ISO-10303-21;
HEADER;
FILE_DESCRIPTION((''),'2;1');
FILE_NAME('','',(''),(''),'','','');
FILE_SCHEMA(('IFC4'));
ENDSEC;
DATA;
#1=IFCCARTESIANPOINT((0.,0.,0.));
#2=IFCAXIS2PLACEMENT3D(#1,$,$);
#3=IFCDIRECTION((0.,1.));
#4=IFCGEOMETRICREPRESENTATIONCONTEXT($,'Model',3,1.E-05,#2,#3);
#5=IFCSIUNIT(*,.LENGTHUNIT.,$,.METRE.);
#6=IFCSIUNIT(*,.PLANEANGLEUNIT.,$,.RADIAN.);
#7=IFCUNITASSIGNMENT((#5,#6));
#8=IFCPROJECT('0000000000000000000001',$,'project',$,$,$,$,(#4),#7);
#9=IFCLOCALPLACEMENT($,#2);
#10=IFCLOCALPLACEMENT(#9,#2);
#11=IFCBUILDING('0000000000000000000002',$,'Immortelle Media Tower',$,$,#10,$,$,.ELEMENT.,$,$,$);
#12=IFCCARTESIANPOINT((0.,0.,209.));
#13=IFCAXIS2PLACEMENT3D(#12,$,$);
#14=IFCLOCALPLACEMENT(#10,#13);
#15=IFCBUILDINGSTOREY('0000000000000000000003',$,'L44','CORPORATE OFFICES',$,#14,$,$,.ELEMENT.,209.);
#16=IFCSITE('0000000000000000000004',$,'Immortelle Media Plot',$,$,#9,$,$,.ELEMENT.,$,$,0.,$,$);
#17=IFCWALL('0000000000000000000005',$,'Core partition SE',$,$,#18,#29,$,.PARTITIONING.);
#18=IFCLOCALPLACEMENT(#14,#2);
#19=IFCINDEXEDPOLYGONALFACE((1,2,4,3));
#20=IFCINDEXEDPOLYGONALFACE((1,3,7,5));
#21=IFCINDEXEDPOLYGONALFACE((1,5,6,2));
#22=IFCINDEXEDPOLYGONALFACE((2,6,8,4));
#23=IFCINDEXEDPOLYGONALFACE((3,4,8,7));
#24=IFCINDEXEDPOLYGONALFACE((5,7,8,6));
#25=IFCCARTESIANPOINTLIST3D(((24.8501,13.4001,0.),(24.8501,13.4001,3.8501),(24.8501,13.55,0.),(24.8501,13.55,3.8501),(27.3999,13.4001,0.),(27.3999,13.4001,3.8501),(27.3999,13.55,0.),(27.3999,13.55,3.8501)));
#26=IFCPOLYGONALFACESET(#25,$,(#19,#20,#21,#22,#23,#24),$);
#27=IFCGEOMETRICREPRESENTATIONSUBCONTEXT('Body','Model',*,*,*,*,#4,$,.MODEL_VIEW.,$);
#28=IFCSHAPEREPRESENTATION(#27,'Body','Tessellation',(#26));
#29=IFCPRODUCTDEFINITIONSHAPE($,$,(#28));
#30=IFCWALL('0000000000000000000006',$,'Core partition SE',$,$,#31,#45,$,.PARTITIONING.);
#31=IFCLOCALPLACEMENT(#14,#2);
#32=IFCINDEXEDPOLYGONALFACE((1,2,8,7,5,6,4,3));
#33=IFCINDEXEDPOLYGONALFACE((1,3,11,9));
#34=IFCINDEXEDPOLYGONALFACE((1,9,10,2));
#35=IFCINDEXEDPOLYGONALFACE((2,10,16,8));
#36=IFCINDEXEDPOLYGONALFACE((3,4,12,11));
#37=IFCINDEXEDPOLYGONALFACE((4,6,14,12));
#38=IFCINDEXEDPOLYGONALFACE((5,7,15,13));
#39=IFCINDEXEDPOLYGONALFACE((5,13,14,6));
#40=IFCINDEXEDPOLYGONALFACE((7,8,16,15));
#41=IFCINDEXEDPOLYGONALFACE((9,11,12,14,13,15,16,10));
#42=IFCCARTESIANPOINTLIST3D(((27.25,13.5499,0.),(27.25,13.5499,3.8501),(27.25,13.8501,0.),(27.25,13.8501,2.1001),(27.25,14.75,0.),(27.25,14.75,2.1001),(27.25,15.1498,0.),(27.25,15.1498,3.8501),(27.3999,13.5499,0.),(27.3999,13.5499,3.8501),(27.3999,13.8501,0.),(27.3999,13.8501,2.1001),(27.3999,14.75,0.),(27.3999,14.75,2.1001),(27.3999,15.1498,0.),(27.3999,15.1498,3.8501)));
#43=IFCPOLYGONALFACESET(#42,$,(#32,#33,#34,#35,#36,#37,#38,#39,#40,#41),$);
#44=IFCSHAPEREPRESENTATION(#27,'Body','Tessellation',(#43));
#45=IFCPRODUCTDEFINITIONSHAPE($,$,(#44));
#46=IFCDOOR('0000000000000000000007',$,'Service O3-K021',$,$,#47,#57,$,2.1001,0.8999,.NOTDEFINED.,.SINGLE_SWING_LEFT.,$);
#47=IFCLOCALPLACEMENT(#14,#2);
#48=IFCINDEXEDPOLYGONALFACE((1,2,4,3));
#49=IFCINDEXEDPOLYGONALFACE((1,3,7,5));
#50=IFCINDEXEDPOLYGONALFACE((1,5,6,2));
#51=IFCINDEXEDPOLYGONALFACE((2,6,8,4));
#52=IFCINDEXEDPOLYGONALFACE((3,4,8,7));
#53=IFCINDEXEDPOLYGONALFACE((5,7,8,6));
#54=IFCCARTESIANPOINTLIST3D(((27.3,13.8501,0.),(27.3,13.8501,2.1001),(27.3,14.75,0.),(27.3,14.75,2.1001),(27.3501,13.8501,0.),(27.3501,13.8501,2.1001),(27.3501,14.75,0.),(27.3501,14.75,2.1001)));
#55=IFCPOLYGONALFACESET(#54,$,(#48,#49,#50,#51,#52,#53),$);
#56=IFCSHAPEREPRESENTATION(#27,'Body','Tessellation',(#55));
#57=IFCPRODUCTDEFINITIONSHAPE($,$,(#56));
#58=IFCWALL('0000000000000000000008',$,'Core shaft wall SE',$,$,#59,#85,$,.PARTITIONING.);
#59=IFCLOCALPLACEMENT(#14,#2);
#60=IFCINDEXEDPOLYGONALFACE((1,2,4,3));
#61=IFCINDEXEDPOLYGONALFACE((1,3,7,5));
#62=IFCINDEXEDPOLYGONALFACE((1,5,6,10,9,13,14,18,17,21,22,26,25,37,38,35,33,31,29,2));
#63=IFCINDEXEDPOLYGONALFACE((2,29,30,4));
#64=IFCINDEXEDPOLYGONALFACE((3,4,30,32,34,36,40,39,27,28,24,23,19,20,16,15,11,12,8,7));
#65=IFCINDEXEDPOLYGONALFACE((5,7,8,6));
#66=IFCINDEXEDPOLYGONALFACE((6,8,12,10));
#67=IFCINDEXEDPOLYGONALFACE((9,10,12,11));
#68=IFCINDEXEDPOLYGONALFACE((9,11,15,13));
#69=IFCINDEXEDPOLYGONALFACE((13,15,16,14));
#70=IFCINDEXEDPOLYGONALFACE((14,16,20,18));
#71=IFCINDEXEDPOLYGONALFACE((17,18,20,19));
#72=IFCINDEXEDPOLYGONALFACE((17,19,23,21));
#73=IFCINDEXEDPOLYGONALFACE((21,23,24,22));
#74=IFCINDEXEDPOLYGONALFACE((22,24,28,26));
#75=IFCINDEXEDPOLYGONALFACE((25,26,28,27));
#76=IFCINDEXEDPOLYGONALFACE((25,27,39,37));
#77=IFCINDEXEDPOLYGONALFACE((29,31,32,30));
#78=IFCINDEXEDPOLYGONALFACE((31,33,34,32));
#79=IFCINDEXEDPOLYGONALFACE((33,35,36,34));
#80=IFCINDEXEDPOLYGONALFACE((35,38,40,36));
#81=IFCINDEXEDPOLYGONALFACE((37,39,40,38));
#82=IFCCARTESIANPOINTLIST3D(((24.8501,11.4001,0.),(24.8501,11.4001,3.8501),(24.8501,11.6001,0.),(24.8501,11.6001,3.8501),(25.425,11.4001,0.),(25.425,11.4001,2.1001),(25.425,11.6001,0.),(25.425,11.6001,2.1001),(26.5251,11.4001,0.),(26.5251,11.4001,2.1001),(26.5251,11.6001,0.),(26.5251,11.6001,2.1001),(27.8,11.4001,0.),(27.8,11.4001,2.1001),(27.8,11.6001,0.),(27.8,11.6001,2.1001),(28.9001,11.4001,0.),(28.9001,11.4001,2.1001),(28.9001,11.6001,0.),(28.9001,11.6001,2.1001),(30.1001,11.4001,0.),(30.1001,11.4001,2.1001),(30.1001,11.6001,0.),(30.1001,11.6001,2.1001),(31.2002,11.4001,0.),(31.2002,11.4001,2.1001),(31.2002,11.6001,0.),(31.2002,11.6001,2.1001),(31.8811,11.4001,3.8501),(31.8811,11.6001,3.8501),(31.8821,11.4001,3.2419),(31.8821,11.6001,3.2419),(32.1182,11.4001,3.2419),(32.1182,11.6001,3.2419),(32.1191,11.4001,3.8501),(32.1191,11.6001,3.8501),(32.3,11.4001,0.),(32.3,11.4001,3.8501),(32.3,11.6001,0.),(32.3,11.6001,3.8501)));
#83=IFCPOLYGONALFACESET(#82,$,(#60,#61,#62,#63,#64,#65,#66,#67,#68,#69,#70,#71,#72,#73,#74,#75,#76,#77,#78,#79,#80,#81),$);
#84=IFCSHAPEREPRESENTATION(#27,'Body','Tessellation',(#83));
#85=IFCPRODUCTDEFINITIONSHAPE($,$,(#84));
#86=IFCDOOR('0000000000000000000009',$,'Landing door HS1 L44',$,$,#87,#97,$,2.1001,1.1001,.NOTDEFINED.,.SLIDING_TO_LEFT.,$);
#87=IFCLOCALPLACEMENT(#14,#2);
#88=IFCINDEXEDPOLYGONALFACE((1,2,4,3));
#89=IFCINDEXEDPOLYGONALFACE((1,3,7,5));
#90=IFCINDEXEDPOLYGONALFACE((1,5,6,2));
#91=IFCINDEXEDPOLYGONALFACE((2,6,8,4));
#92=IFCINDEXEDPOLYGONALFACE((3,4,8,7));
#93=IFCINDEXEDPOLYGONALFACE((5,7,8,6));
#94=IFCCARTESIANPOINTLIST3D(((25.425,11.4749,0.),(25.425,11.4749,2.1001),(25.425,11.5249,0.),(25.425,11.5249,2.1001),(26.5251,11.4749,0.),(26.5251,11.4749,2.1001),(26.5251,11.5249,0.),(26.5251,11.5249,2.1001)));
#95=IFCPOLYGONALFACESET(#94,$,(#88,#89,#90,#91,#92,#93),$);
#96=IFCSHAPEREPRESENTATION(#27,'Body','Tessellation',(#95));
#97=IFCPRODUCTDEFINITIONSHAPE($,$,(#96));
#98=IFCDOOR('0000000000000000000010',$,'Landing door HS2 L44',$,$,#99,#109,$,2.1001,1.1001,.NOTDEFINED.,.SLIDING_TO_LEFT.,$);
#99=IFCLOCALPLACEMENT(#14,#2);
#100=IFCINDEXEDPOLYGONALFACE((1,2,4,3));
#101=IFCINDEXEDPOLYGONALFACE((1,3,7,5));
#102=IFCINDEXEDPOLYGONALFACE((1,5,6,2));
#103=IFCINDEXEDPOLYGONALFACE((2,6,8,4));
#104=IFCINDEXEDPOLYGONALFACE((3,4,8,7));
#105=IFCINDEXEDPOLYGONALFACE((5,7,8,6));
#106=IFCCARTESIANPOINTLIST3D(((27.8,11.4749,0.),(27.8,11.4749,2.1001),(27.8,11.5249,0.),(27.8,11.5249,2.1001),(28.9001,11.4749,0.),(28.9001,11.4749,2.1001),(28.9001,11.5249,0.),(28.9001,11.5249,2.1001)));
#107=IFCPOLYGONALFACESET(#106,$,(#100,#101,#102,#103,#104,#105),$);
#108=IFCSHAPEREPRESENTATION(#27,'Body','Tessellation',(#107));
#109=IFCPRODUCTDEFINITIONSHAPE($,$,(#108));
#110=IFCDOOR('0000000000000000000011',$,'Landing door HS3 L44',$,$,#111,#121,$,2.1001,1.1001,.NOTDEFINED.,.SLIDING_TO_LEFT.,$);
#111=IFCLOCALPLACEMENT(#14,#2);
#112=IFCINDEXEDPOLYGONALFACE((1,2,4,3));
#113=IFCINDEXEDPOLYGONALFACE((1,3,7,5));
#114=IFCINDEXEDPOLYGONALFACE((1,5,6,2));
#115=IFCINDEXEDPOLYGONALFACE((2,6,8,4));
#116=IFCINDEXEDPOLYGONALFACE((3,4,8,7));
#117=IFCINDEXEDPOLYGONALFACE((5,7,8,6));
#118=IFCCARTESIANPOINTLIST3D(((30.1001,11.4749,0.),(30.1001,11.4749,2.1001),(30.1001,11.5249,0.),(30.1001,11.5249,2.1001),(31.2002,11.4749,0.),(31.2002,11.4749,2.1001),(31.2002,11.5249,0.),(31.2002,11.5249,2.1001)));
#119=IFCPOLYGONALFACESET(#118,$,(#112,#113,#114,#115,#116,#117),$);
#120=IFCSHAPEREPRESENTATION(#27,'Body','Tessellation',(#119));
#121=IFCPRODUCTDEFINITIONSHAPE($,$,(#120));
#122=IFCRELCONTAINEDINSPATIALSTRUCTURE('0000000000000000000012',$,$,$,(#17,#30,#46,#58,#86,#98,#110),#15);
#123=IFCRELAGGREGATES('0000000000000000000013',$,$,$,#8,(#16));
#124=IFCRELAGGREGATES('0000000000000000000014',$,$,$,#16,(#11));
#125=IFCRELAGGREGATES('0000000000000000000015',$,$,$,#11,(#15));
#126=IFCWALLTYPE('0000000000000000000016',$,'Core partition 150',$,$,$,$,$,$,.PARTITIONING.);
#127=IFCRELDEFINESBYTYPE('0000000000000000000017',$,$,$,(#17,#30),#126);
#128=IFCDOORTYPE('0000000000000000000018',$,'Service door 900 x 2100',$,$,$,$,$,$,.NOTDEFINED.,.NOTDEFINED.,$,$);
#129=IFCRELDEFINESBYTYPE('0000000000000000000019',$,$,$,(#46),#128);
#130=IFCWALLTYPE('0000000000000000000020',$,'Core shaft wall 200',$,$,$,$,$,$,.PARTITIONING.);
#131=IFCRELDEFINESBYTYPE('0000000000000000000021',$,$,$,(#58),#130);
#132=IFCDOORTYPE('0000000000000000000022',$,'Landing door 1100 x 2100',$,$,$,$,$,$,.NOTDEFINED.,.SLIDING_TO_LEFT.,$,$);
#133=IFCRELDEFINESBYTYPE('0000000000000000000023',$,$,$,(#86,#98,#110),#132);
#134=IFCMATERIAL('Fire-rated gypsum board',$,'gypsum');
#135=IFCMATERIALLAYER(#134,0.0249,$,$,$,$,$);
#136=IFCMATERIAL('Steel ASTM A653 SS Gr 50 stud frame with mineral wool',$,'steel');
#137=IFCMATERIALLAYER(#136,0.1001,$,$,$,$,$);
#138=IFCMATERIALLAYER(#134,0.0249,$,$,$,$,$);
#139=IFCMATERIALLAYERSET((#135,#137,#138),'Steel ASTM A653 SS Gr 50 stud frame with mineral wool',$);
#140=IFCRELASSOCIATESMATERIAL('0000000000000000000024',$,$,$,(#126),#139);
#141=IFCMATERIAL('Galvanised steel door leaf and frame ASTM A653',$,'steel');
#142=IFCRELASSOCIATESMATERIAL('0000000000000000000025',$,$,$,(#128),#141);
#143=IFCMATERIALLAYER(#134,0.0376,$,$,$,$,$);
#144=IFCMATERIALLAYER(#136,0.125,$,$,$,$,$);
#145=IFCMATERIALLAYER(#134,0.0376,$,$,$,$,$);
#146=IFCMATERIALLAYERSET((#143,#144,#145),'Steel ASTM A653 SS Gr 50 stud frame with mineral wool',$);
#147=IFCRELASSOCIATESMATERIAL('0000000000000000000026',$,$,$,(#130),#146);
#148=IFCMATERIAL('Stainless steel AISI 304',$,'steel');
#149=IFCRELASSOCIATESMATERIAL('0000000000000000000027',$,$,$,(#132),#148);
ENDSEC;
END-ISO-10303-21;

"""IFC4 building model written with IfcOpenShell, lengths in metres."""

from ifc_helpers import new_model, si_unit, direction, frame, frame_2d, origin, place, context, subcontext, project, spatial, polyline, rectangle, outline, extrude, material, layer, layer_set, type_object, element, fill, save


model = new_model("IFC4")

# Units and contexts
model_context = context("Model", 3, precision=1e-05, world=origin(), true_north=direction((0.0, 1.0)))
body_context = subcontext(model_context, "Body", "Model", "MODEL_VIEW")
ifc_project = project(units=[si_unit("LENGTHUNIT", "METRE"), si_unit("PLANEANGLEUNIT", "RADIAN")], contexts=[model_context])

# Site, building, storey
site_placement = place(None, origin())
site = spatial("IfcSite", under=ifc_project, at=site_placement, Name="Immortelle Media Plot", CompositionType="ELEMENT", RefElevation=0.0)
building_placement = place(site_placement, origin())
building = spatial("IfcBuilding", under=site, at=building_placement, Name="Immortelle Media Tower", CompositionType="ELEMENT")
storey_placement = place(building_placement, frame((0.0, 0.0, 209.0)))
storey = spatial("IfcBuildingStorey", under=building, at=storey_placement, Name="L44", Description="CORPORATE OFFICES", CompositionType="ELEMENT", Elevation=209.0)

# Wall
ifc_material_1 = material(Name="Fire-rated gypsum board", Category="gypsum")
ifc_layer_1 = layer(ifc_material_1, 0.0249)
ifc_material_2 = material(Name="Steel ASTM A653 SS Gr 50 stud frame with mineral wool", Category="steel")
ifc_layer_2 = layer(ifc_material_2, 0.1001)
ifc_layer_3 = layer(ifc_material_1, 0.0249)
ifc_layer_set_1 = layer_set([ifc_layer_1, ifc_layer_2, ifc_layer_3], Name="Steel ASTM A653 SS Gr 50 stud frame with mineral wool")
wall_type_1 = type_object("IfcWallType", Name="Core partition 150", PredefinedType="PARTITIONING", material=ifc_layer_set_1)
wall_1_placement = place(storey_placement, frame((24.8501, 13.4751, 0.0), z_axis=(0.0, 0.0, 1.0), x_axis=(1.0, 0.0, 0.0)))
element("IfcWall", 1, at=wall_1_placement, inside=storey, type_object=wall_type_1, Name="Core partition SE", PredefinedType="PARTITIONING", context=body_context, shape_type="SweptSolid", body=[
    extrude(rectangle(XDim=2.5498, YDim=0.1499, at=frame_2d((1.2749, 0.0))), origin(), (0.0, 0.0, 1.0), 3.8501),
])

# Wall, opening, door
wall_2_placement = place(storey_placement, frame((27.325, 13.55, 0.0), z_axis=(0.0, 0.0, 1.0), x_axis=(0.0, 1.0, 0.0)))
wall_2 = element("IfcWall", 2, at=wall_2_placement, inside=storey, type_object=wall_type_1, Name="Core partition SE", PredefinedType="PARTITIONING", context=body_context, shape_type="SweptSolid", body=[
    extrude(rectangle(XDim=1.5999, YDim=0.1499, at=frame_2d((0.7998, 0.0))), origin(), (0.0, 0.0, 1.0), 3.8501),
])
opening_1_placement = place(wall_2_placement, frame((0.3, 0.0, 0.0)))
opening_1 = element("IfcOpeningElement", 3, at=opening_1_placement, cuts=wall_2, PredefinedType="OPENING", context=body_context, shape_type="SweptSolid", body=[
    extrude(rectangle(XDim=0.8999, YDim=2.1001, at=frame_2d((0.45, 1.05))), frame((0.0, 0.085, 0.0), z_axis=(0.0, -1.0, 0.0), x_axis=(1.0, 0.0, 0.0)), (0.0, 0.0, 1.0), 0.1699),
])
ifc_material_3 = material(Name="Galvanised steel door leaf and frame ASTM A653", Category="steel")
door_type_1 = type_object("IfcDoorType", Name="Service door 900 x 2100", OperationType="NOTDEFINED", PredefinedType="NOTDEFINED", material=ifc_material_3)
door_1_placement = place(opening_1_placement, origin())
door_1 = element("IfcDoor", 4, at=door_1_placement, inside=storey, type_object=door_type_1, Name="Service O3-K021", OperationType="SINGLE_SWING_LEFT", OverallHeight=2.1001, OverallWidth=0.8999, PredefinedType="NOTDEFINED", context=body_context, shape_type="SweptSolid", body=[
    extrude(rectangle(XDim=0.8999, YDim=2.1001, at=frame_2d((0.45, 1.05))), frame((0.0, 0.0249, 0.0), z_axis=(0.0, -1.0, 0.0), x_axis=(1.0, 0.0, 0.0)), (0.0, 0.0, 1.0), 0.05),
])
fill(opening_1, door_1)

# Wall, openings, doors
ifc_layer_4 = layer(ifc_material_1, 0.0376)
ifc_layer_5 = layer(ifc_material_2, 0.125)
ifc_layer_6 = layer(ifc_material_1, 0.0376)
ifc_layer_set_2 = layer_set([ifc_layer_4, ifc_layer_5, ifc_layer_6], Name="Steel ASTM A653 SS Gr 50 stud frame with mineral wool")
wall_type_2 = type_object("IfcWallType", Name="Core shaft wall 200", PredefinedType="PARTITIONING", material=ifc_layer_set_2)
wall_3_placement = place(storey_placement, frame((24.8501, 11.5, 0.0), z_axis=(0.0, 0.0, 1.0), x_axis=(1.0, 0.0, 0.0)))
wall_3 = element("IfcWall", 5, at=wall_3_placement, inside=storey, type_object=wall_type_2, Name="Core shaft wall SE", PredefinedType="PARTITIONING", context=body_context, shape_type="SweptSolid", body=[
    extrude(outline(polyline([(0.0, 0.0), (7.45, 0.0), (7.45, 3.8501), (7.269, 3.8501), (7.2681, 3.2419), (7.032, 3.2419), (7.031, 3.8501), (0.0, 3.8501), (0.0, 0.0)])), frame((0.0, 0.1001, 0.0), z_axis=(0.0, -1.0, 0.0), x_axis=(1.0, 0.0, 0.0)), (0.0, 0.0, 1.0), 0.2),
])
opening_2_placement = place(wall_3_placement, frame((0.575, 0.0, 0.0)))
opening_2 = element("IfcOpeningElement", 6, at=opening_2_placement, cuts=wall_3, PredefinedType="OPENING", context=body_context, shape_type="SweptSolid", body=[
    extrude(rectangle(XDim=1.1001, YDim=2.1001, at=frame_2d((0.55, 1.05))), frame((0.0, 0.1099, 0.0), z_axis=(0.0, -1.0, 0.0), x_axis=(1.0, 0.0, 0.0)), (0.0, 0.0, 1.0), 0.22),
])
opening_3_placement = place(wall_3_placement, frame((2.95, 0.0, 0.0)))
opening_3 = element("IfcOpeningElement", 7, at=opening_3_placement, cuts=wall_3, PredefinedType="OPENING", context=body_context, shape_type="SweptSolid", body=[
    extrude(rectangle(XDim=1.1001, YDim=2.1001, at=frame_2d((0.55, 1.05))), frame((0.0, 0.1099, 0.0), z_axis=(0.0, -1.0, 0.0), x_axis=(1.0, 0.0, 0.0)), (0.0, 0.0, 1.0), 0.22),
])
opening_4_placement = place(wall_3_placement, frame((5.25, 0.0, 0.0)))
opening_4 = element("IfcOpeningElement", 8, at=opening_4_placement, cuts=wall_3, PredefinedType="OPENING", context=body_context, shape_type="SweptSolid", body=[
    extrude(rectangle(XDim=1.1001, YDim=2.1001, at=frame_2d((0.55, 1.05))), frame((0.0, 0.1099, 0.0), z_axis=(0.0, -1.0, 0.0), x_axis=(1.0, 0.0, 0.0)), (0.0, 0.0, 1.0), 0.22),
])
ifc_material_4 = material(Name="Stainless steel AISI 304", Category="steel")
door_type_2 = type_object("IfcDoorType", Name="Landing door 1100 x 2100", OperationType="SLIDING_TO_LEFT", PredefinedType="NOTDEFINED", material=ifc_material_4)
door_2_placement = place(opening_2_placement, origin())
door_2 = element("IfcDoor", 9, at=door_2_placement, inside=storey, type_object=door_type_2, Name="Landing door HS1 L44", OperationType="SLIDING_TO_LEFT", OverallHeight=2.1001, OverallWidth=1.1001, PredefinedType="NOTDEFINED", context=body_context, shape_type="SweptSolid", body=[
    extrude(rectangle(XDim=1.1001, YDim=2.1001, at=frame_2d((0.55, 1.05))), frame((0.0, 0.0249, 0.0), z_axis=(0.0, -1.0, 0.0), x_axis=(1.0, 0.0, 0.0)), (0.0, 0.0, 1.0), 0.05),
])
fill(opening_2, door_2)
door_3_placement = place(opening_3_placement, origin())
door_3 = element("IfcDoor", 10, at=door_3_placement, inside=storey, type_object=door_type_2, Name="Landing door HS2 L44", OperationType="SLIDING_TO_LEFT", OverallHeight=2.1001, OverallWidth=1.1001, PredefinedType="NOTDEFINED", context=body_context, shape_type="SweptSolid", body=[
    extrude(rectangle(XDim=1.1001, YDim=2.1001, at=frame_2d((0.55, 1.05))), frame((0.0, 0.0249, 0.0), z_axis=(0.0, -1.0, 0.0), x_axis=(1.0, 0.0, 0.0)), (0.0, 0.0, 1.0), 0.05),
])
fill(opening_3, door_3)
door_4_placement = place(opening_4_placement, origin())
door_4 = element("IfcDoor", 11, at=door_4_placement, inside=storey, type_object=door_type_2, Name="Landing door HS3 L44", OperationType="SLIDING_TO_LEFT", OverallHeight=2.1001, OverallWidth=1.1001, PredefinedType="NOTDEFINED", context=body_context, shape_type="SweptSolid", body=[
    extrude(rectangle(XDim=1.1001, YDim=2.1001, at=frame_2d((0.55, 1.05))), frame((0.0, 0.0249, 0.0), z_axis=(0.0, -1.0, 0.0), x_axis=(1.0, 0.0, 0.0)), (0.0, 0.0, 1.0), 0.05),
])
fill(opening_4, door_4)

save(model, "model.ifc")
